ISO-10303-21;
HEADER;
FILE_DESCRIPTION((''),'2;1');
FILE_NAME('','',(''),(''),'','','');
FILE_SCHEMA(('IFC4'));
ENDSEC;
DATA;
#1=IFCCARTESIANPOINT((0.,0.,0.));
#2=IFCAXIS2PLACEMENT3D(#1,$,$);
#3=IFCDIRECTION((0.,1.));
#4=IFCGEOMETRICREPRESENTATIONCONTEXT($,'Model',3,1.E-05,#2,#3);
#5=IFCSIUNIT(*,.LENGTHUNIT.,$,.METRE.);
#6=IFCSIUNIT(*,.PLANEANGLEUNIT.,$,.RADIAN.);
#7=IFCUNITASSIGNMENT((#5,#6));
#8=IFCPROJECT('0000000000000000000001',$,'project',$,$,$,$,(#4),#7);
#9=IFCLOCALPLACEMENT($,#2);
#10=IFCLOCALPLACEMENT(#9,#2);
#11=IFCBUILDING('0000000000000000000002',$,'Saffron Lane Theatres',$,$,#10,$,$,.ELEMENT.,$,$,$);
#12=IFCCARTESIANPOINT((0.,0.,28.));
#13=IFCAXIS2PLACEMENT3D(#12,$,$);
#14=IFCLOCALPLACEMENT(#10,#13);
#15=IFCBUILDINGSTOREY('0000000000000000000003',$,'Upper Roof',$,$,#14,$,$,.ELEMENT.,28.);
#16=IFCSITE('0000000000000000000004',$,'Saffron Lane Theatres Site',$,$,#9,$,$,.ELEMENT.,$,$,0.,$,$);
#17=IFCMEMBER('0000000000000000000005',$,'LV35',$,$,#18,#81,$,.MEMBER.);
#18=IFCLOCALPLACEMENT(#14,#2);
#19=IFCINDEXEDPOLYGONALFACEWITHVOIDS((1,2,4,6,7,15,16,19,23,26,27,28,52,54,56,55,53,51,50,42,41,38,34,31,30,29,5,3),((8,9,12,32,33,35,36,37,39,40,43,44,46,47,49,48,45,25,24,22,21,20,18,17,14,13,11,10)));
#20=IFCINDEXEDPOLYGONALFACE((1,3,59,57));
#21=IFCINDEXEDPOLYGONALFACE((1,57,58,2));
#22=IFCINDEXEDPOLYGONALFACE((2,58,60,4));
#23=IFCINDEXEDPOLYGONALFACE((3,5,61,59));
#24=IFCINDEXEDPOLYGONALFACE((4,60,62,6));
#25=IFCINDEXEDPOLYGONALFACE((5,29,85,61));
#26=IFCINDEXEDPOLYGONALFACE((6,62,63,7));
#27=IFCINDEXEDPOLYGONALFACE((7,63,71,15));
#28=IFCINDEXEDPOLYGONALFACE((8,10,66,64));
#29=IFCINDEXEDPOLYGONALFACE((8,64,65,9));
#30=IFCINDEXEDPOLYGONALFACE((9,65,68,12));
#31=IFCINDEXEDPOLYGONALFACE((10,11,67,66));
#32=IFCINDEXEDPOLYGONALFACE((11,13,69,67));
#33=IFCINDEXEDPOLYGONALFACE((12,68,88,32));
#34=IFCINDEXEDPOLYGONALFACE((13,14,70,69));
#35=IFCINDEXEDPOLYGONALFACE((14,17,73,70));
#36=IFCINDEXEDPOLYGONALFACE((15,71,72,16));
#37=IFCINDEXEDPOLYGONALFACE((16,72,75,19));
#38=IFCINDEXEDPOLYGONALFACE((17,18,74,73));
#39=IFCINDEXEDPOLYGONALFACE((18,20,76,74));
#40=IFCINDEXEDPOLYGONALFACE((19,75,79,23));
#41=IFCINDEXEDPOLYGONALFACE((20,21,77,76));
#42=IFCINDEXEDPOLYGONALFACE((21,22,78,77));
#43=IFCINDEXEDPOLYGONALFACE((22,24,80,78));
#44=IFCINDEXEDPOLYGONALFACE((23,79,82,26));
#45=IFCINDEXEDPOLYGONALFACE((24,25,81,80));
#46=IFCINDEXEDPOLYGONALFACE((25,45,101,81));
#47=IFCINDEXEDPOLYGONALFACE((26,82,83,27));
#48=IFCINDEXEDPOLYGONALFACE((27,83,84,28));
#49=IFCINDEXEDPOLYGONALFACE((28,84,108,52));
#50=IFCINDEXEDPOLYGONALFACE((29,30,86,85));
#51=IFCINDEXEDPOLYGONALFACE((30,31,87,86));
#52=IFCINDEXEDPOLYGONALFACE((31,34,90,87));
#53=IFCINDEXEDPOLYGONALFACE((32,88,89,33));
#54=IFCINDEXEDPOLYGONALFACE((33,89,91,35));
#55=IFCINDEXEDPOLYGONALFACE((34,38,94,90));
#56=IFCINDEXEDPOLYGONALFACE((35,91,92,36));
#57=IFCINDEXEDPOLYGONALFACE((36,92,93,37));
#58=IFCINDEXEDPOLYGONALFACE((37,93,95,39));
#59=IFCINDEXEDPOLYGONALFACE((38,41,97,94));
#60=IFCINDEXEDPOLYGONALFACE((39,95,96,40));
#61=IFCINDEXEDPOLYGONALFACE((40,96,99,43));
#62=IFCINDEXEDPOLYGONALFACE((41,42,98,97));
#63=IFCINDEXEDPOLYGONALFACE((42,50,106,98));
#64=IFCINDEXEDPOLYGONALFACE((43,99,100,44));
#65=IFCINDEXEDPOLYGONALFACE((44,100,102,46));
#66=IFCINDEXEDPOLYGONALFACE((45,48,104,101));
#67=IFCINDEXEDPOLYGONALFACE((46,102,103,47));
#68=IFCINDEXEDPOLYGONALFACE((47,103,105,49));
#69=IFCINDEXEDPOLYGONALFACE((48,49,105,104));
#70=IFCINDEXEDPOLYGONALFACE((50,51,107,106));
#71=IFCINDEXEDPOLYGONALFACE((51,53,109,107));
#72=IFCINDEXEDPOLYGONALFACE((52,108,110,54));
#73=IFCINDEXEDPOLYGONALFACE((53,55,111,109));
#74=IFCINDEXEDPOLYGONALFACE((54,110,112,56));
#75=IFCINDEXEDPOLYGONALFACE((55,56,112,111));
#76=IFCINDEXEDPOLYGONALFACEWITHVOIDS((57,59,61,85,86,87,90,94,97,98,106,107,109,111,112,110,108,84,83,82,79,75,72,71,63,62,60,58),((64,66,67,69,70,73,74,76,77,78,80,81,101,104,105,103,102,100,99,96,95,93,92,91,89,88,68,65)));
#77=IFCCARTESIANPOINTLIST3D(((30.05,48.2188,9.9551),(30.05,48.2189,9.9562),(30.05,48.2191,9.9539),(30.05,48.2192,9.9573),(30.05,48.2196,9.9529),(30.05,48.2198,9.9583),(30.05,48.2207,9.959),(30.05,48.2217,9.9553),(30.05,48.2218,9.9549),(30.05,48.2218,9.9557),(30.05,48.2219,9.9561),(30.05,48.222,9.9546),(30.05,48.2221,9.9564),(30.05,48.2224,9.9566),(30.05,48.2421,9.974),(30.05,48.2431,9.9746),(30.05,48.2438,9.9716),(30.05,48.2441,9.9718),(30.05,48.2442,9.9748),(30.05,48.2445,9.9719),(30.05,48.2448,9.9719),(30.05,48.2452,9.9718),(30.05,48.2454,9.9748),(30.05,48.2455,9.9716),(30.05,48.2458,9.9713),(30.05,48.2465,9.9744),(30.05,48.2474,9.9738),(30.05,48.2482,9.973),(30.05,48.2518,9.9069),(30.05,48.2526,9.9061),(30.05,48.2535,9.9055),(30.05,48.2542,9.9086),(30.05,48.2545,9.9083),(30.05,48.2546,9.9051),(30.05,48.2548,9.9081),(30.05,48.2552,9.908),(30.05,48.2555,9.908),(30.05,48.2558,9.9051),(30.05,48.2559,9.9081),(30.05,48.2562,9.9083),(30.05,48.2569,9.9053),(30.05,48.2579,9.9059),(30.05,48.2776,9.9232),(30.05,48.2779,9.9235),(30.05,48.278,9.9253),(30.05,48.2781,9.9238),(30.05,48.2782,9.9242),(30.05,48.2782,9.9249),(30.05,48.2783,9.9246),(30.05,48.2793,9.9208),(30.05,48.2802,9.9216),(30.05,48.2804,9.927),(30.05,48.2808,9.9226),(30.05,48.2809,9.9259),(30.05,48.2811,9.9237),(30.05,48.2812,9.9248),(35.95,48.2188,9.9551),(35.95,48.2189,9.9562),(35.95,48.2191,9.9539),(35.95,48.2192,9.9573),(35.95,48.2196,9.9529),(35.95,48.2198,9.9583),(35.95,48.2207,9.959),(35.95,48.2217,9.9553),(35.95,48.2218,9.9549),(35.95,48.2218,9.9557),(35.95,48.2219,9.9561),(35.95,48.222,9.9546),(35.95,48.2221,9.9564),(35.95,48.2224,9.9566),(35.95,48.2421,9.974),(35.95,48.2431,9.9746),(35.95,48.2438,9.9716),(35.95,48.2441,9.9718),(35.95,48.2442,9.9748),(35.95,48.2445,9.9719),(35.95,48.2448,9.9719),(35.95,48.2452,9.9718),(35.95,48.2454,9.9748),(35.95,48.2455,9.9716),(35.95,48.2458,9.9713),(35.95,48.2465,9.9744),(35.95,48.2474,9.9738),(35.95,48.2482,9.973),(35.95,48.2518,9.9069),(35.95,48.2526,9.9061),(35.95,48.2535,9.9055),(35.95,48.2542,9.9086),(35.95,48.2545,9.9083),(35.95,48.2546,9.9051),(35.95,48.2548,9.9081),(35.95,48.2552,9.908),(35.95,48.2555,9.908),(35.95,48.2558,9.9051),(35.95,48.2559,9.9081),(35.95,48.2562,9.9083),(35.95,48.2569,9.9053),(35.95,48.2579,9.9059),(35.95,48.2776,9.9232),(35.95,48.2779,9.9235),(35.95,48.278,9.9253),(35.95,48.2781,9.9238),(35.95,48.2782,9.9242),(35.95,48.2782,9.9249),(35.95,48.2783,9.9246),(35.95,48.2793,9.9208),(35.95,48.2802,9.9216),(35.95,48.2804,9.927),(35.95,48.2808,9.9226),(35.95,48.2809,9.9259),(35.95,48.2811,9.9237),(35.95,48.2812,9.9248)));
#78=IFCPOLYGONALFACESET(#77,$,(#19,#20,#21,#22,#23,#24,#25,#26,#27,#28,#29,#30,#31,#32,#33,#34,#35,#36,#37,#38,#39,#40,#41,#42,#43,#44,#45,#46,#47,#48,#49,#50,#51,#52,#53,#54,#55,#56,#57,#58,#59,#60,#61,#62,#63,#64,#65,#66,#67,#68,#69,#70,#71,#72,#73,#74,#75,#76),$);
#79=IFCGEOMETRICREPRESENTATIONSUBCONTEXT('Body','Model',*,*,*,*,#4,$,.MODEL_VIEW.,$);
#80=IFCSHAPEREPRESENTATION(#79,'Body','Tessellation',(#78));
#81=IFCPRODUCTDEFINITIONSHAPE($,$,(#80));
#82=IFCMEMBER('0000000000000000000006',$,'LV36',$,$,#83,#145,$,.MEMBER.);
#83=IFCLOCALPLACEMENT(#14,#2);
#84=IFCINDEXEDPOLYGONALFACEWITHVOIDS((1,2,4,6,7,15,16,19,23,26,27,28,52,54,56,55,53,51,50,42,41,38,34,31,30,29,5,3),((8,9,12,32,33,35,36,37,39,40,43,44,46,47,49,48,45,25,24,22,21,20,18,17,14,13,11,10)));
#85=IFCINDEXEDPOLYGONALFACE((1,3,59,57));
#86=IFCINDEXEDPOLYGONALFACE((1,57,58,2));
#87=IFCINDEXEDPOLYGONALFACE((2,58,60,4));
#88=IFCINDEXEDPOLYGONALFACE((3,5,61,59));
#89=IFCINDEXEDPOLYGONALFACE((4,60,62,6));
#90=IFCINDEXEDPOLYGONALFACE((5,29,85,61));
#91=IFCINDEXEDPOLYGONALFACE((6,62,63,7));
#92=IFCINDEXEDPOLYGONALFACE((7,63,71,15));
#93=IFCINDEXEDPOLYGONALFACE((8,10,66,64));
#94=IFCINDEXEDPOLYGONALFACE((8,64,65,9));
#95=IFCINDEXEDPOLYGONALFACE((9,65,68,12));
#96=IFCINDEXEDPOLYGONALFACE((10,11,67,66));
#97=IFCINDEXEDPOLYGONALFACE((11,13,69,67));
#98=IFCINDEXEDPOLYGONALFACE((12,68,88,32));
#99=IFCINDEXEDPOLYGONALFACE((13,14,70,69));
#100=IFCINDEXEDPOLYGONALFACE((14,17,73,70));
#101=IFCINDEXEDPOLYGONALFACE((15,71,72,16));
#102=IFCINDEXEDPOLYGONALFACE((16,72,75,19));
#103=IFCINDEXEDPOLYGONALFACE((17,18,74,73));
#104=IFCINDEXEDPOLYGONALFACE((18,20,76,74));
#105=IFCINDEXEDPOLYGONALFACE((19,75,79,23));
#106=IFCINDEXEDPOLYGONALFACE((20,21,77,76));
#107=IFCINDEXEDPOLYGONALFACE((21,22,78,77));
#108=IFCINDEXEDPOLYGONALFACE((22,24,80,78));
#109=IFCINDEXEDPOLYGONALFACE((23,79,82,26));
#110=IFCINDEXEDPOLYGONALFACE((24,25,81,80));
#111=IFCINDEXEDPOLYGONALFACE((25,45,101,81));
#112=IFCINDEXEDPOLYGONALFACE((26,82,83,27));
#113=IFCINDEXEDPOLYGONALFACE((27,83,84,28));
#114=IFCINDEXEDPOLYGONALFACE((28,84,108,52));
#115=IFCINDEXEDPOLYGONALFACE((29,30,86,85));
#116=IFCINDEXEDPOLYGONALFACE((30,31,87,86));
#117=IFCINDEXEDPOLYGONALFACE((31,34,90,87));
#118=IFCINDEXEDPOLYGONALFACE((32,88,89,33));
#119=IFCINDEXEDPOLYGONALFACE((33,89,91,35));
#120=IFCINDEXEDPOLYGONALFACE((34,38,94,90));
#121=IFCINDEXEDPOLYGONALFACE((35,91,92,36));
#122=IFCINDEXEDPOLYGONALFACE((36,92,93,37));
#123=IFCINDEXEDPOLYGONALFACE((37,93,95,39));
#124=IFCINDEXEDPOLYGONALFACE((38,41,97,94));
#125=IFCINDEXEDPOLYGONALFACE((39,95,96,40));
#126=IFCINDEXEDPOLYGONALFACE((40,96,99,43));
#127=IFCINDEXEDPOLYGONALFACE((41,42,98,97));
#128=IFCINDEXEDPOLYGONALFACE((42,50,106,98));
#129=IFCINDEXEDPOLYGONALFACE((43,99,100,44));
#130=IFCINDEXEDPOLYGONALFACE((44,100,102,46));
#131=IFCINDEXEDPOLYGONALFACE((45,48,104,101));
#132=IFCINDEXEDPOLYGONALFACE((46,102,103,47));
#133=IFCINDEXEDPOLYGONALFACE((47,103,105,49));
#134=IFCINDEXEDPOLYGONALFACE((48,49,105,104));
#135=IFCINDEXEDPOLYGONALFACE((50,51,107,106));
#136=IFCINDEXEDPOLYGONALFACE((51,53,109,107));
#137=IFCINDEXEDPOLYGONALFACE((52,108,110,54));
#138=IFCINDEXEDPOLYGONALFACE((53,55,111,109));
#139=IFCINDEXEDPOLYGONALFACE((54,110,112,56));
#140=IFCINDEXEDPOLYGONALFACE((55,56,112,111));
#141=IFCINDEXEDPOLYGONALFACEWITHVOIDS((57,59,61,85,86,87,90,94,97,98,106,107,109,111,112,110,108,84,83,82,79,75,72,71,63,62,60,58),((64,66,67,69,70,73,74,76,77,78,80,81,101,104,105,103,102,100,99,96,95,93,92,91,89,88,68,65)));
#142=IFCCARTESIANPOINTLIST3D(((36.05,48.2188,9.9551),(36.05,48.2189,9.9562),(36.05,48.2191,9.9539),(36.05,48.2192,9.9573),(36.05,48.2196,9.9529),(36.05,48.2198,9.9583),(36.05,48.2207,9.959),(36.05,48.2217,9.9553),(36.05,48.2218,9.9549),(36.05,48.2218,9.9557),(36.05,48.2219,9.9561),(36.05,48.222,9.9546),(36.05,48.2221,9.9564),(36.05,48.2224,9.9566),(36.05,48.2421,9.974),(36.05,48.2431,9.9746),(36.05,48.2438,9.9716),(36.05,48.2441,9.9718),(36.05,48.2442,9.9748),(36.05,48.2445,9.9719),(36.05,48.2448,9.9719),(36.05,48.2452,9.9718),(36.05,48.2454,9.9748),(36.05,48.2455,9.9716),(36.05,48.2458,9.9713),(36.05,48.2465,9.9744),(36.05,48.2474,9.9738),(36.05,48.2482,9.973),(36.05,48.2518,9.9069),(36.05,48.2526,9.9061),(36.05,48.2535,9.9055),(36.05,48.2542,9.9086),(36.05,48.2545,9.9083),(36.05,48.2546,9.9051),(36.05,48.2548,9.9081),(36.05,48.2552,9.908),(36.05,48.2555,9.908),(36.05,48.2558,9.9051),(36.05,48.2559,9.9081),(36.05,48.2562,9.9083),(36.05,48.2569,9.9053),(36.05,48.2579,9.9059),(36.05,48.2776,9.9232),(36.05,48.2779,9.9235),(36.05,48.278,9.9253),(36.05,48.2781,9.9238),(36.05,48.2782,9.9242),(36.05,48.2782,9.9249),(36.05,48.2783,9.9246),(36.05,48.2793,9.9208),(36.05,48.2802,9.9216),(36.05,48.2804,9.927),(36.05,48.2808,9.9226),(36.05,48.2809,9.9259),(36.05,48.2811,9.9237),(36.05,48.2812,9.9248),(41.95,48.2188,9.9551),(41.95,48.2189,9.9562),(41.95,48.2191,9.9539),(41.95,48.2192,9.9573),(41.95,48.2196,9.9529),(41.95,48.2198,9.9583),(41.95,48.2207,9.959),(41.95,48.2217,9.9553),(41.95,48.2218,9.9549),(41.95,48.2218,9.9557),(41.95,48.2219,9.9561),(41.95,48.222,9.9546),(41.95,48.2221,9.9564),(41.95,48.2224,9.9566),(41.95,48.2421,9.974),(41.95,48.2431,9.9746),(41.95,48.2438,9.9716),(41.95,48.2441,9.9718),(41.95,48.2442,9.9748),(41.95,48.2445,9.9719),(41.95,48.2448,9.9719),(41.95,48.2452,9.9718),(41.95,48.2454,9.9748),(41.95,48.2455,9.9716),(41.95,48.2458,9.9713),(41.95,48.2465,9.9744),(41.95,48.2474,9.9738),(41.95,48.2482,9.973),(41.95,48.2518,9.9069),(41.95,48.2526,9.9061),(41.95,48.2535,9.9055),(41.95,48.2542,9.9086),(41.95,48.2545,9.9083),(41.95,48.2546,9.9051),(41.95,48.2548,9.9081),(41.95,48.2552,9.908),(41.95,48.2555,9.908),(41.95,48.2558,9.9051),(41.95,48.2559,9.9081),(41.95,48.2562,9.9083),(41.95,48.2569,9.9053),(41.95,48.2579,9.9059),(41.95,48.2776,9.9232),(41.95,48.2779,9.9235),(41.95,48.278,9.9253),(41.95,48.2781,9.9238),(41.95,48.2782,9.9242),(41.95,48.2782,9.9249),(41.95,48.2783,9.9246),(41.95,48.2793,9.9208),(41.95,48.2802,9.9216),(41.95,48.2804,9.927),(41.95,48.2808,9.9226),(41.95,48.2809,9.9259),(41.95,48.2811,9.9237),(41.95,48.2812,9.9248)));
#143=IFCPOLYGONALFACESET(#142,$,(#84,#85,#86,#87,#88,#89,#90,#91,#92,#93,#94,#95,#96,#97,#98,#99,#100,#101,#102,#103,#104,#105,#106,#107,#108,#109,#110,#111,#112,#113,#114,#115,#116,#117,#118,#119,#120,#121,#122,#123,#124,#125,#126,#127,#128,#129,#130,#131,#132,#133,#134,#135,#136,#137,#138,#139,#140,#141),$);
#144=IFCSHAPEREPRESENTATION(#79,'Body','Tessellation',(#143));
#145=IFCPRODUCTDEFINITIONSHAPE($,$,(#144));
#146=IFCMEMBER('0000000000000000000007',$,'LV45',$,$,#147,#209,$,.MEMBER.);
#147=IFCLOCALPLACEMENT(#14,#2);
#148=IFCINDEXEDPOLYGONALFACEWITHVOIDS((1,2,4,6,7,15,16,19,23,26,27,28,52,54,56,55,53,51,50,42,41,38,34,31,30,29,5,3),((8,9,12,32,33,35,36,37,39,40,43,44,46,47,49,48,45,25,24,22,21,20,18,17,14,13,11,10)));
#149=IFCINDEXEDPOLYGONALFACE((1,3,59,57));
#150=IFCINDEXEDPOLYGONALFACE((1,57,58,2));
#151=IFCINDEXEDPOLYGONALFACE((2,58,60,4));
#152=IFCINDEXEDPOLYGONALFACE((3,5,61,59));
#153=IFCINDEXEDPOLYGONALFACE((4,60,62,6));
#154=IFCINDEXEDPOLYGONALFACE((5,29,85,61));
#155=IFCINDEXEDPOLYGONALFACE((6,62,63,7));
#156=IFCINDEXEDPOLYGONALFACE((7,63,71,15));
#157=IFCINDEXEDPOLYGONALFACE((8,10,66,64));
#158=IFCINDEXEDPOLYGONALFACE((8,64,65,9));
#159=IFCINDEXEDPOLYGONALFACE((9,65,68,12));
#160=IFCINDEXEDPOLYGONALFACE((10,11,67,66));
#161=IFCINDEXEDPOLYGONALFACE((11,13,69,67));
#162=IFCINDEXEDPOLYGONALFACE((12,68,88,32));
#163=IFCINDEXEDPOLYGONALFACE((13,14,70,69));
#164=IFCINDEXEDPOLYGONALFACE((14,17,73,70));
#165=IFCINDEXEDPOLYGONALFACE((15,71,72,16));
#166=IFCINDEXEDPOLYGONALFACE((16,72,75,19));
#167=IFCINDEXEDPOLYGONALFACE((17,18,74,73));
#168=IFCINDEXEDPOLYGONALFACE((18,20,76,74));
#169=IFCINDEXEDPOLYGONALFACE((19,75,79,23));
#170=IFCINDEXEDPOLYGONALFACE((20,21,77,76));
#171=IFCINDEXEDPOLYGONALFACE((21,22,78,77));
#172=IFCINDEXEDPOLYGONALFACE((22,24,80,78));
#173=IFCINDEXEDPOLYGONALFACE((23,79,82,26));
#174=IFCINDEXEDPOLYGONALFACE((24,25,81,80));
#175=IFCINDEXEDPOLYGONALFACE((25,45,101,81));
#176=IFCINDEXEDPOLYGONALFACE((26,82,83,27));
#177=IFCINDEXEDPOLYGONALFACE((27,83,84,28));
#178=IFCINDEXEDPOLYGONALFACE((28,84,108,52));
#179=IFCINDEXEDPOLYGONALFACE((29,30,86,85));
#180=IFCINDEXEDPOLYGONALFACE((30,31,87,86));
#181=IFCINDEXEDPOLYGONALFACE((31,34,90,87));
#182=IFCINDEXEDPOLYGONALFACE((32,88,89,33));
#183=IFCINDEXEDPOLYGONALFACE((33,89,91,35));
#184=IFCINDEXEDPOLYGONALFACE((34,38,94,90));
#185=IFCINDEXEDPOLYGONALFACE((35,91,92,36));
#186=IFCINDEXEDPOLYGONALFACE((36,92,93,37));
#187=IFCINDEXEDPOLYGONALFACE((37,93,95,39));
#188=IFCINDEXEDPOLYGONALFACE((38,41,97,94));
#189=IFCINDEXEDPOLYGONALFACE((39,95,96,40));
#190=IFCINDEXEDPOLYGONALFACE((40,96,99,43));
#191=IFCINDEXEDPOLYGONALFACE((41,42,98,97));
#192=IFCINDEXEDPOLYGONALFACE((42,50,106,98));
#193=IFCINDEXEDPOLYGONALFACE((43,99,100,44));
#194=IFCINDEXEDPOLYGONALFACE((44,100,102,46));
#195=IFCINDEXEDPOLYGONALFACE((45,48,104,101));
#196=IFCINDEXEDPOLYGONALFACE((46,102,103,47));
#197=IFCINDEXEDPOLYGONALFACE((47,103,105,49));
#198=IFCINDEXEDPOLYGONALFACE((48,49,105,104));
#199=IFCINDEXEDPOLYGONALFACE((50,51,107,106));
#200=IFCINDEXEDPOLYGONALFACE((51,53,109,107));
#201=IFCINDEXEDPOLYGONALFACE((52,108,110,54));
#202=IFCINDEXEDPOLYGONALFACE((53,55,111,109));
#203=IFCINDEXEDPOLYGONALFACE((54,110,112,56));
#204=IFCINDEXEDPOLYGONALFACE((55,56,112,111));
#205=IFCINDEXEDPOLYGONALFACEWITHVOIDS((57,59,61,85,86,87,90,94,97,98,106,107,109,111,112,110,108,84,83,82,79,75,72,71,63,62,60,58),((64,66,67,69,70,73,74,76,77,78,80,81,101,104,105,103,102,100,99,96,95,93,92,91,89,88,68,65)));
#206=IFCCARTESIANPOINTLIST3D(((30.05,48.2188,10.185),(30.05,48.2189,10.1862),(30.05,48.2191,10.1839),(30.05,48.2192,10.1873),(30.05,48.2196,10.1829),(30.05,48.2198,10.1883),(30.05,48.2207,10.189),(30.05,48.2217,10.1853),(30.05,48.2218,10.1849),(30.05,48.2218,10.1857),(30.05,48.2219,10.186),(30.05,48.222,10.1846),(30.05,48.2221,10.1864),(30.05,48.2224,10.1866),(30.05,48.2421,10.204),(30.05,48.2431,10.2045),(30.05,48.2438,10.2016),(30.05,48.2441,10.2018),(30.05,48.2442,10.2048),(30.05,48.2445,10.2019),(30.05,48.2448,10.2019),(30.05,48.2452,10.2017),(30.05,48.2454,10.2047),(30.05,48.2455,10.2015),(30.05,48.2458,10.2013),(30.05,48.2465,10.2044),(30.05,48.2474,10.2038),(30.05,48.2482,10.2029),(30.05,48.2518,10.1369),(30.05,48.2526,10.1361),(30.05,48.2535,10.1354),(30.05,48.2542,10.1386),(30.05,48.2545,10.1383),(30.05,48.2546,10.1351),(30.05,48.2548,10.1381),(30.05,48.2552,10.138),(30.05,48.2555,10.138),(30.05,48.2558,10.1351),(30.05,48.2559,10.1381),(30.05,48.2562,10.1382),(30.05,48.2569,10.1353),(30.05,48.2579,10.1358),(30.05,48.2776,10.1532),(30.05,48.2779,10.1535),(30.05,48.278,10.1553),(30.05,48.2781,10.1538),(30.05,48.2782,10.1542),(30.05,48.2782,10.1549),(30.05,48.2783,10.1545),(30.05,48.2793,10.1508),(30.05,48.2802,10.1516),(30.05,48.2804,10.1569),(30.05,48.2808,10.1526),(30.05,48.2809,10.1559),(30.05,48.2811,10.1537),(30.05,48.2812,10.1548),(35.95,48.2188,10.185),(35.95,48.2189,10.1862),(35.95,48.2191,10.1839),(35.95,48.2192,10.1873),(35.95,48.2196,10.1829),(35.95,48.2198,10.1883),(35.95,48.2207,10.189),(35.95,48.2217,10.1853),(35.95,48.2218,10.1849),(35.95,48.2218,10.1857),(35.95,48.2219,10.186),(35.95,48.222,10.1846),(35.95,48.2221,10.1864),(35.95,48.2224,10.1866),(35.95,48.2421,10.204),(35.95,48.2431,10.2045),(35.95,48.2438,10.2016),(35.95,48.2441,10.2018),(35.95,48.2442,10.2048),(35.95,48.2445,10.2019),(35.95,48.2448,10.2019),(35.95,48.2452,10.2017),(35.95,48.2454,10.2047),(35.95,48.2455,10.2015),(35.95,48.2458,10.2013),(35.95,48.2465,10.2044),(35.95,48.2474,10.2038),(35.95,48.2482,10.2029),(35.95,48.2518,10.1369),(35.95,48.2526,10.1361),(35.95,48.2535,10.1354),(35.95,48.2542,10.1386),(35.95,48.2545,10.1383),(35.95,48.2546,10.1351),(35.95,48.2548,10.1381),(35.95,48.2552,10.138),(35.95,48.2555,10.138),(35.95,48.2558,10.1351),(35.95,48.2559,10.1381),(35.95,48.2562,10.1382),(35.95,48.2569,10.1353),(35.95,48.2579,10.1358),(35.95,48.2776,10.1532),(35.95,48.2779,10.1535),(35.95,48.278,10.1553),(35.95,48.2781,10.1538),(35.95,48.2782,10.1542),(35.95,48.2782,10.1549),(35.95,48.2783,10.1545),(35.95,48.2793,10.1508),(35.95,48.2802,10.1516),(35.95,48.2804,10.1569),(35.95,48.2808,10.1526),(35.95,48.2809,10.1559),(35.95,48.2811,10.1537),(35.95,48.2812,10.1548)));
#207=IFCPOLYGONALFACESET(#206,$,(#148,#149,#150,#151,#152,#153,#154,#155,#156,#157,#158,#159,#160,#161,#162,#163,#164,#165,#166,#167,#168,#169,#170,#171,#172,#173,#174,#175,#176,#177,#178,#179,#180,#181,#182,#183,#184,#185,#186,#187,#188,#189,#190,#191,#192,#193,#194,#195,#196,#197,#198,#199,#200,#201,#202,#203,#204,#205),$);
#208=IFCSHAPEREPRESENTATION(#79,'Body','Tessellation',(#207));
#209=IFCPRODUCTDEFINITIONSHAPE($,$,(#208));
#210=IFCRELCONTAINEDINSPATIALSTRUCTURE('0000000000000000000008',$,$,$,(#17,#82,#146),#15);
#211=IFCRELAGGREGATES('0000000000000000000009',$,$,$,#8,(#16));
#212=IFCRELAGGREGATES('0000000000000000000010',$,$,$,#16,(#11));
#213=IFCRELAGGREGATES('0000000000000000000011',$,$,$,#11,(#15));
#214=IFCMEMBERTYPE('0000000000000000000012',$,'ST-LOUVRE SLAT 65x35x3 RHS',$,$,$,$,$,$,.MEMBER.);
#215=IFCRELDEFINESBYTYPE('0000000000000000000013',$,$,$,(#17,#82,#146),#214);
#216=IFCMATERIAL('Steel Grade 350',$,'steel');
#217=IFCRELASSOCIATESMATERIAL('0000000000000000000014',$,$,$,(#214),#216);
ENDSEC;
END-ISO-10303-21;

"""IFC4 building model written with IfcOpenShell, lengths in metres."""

from ifc_helpers import new_model, si_unit, direction, frame, origin, origin_2d, place, context, subcontext, project, spatial, hollow_rectangle, extrude, material, material_profile, profile_set, type_object, element, save


model = new_model("IFC4")

# Units and contexts
model_context = context("Model", 3, precision=1e-05, world=origin(), true_north=direction((0.0, 1.0)))
body_context = subcontext(model_context, "Body", "Model", "MODEL_VIEW")
ifc_project = project(units=[si_unit("LENGTHUNIT", "METRE"), si_unit("PLANEANGLEUNIT", "RADIAN")], contexts=[model_context])

# Site, building, storey
site_placement = place(None, origin())
site = spatial("IfcSite", under=ifc_project, at=site_placement, Name="Saffron Lane Theatres Site", CompositionType="ELEMENT", RefElevation=0.0)
building_placement = place(site_placement, origin())
building = spatial("IfcBuilding", under=site, at=building_placement, Name="Saffron Lane Theatres", CompositionType="ELEMENT")
storey_placement = place(building_placement, frame((0.0, 0.0, 28.0)))
storey = spatial("IfcBuildingStorey", under=building, at=storey_placement, Name="Upper Roof", CompositionType="ELEMENT", Elevation=28.0)

# Members
ifc_material_1 = material(Name="Steel Grade 350", Category="steel")
ifc_material_profile_1 = material_profile(ifc_material_1, hollow_rectangle(XDim=0.0349, YDim=0.0649, WallThickness=0.0029, InnerFilletRadius=0.0015, OuterFilletRadius=0.0044, at=origin_2d()))
ifc_profile_set_1 = profile_set([ifc_material_profile_1], Name="Steel Grade 350")
member_type_1 = type_object("IfcMemberType", Name="ST-LOUVRE SLAT 65x35x3 RHS", PredefinedType="MEMBER", material=ifc_profile_set_1)
for number, where, z_axis, x_axis, name in (
    (1, (30.05, 48.25, 9.9399), (1.0, 0.0, 0.0), (0.0, 0.819152, 0.573576), "LV35"),
    (2, (36.05, 48.25, 9.9399), (1.0, 0.0, 0.0), (0.0, 0.819152, 0.573576), "LV36"),
    (3, (30.05, 48.25, 10.1699), (1.0, 0.0, 0.0), (0.0, 0.819152, 0.573576), "LV45"),
):
    element("IfcMember", number, at=place(storey_placement, frame(where, z_axis=z_axis, x_axis=x_axis)), inside=storey, type_object=member_type_1, Name=name, PredefinedType="MEMBER", context=body_context, shape_type="SweptSolid", body=[
        extrude(hollow_rectangle(XDim=0.0349, YDim=0.0649, WallThickness=0.0029, InnerFilletRadius=0.0015, OuterFilletRadius=0.0044, at=origin_2d()), origin(), (0.0, 0.0, 1.0), 5.8999),
    ])

save(model, "model.ifc")
